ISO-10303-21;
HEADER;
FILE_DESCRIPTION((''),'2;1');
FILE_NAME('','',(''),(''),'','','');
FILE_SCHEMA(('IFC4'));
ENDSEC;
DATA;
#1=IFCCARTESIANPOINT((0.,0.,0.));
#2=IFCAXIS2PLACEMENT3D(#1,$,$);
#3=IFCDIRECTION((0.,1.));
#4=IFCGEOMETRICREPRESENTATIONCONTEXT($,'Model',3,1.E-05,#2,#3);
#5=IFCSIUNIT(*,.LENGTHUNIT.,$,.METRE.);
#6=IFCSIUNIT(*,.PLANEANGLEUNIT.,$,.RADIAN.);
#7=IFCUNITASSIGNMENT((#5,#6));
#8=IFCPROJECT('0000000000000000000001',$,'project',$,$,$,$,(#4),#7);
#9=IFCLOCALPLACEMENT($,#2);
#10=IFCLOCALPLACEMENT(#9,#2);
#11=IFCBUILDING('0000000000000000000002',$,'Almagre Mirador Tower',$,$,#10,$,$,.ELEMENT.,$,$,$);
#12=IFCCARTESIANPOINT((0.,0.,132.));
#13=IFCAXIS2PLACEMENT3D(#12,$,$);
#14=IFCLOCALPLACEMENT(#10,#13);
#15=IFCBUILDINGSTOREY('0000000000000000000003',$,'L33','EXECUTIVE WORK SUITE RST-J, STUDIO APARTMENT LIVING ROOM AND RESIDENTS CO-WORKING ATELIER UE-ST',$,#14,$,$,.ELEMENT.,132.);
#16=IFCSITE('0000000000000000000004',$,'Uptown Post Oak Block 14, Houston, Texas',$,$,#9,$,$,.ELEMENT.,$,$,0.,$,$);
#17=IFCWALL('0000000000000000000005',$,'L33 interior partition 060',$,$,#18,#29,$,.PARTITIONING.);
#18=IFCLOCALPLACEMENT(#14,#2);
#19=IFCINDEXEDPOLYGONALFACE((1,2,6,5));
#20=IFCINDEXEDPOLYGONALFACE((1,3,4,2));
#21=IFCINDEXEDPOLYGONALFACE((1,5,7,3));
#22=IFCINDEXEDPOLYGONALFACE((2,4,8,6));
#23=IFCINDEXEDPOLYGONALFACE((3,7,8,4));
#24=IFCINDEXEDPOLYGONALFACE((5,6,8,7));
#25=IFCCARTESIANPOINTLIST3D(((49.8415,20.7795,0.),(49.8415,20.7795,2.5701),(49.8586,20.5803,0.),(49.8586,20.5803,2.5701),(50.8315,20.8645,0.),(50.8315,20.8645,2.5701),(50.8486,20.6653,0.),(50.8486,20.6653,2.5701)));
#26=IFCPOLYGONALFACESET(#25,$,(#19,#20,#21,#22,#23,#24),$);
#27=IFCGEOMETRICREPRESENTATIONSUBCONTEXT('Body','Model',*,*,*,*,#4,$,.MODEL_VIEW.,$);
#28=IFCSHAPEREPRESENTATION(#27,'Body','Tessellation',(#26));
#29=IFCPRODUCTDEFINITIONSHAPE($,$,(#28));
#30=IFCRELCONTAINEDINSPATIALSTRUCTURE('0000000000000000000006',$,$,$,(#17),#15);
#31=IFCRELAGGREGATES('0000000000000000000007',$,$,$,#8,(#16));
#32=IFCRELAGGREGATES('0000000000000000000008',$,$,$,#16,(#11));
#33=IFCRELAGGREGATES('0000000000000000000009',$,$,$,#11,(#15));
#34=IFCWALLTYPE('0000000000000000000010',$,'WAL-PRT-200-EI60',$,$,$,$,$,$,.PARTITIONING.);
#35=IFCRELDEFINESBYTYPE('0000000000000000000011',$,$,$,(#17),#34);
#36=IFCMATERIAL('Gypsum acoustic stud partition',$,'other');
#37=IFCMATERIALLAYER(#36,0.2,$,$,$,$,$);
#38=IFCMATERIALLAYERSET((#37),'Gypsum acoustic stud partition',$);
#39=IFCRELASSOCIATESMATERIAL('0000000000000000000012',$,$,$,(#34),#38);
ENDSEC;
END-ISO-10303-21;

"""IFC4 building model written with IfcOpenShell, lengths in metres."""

from ifc_helpers import new_model, si_unit, direction, frame, frame_2d, origin, place, context, subcontext, project, spatial, rectangle, extrude, material, layer, layer_set, type_object, element, save


model = new_model("IFC4")

# Units and contexts
model_context = context("Model", 3, precision=1e-05, world=origin(), true_north=direction((0.0, 1.0)))
body_context = subcontext(model_context, "Body", "Model", "MODEL_VIEW")
ifc_project = project(units=[si_unit("LENGTHUNIT", "METRE"), si_unit("PLANEANGLEUNIT", "RADIAN")], contexts=[model_context])

# Site, building, storey
site_placement = place(None, origin())
site = spatial("IfcSite", under=ifc_project, at=site_placement, Name="Uptown Post Oak Block 14, Houston, Texas", CompositionType="ELEMENT", RefElevation=0.0)
building_placement = place(site_placement, origin())
building = spatial("IfcBuilding", under=site, at=building_placement, Name="Almagre Mirador Tower", CompositionType="ELEMENT")
storey_placement = place(building_placement, frame((0.0, 0.0, 132.0)))
storey = spatial("IfcBuildingStorey", under=building, at=storey_placement, Name="L33", Description="EXECUTIVE WORK SUITE RST-J, STUDIO APARTMENT LIVING ROOM AND RESIDENTS CO-WORKING ATELIER UE-ST", CompositionType="ELEMENT", Elevation=132.0)

# Shared definitions
ifc_material_1 = material(Name="Gypsum acoustic stud partition", Category="other")
ifc_layer_1 = layer(ifc_material_1, 0.2)
ifc_layer_set_1 = layer_set([ifc_layer_1], Name="Gypsum acoustic stud partition")
wall_type_1 = type_object("IfcWallType", Name="WAL-PRT-200-EI60", PredefinedType="PARTITIONING", material=ifc_layer_set_1)

# Wall
wall_1_placement = place(storey_placement, frame((50.8401, 20.7649, 0.0), z_axis=(0.0, 0.0, 1.0), x_axis=(-0.996338, -0.085506, 0.0)))
element("IfcWall", 1, at=wall_1_placement, inside=storey, type_object=wall_type_1, Name="L33 interior partition 060", PredefinedType="PARTITIONING", context=body_context, shape_type="SweptSolid", body=[
    extrude(rectangle(XDim=0.9937, YDim=0.2, at=frame_2d((0.4968, 0.0))), origin(), (0.0, 0.0, 1.0), 2.5701),
])

save(model, "model.ifc")
